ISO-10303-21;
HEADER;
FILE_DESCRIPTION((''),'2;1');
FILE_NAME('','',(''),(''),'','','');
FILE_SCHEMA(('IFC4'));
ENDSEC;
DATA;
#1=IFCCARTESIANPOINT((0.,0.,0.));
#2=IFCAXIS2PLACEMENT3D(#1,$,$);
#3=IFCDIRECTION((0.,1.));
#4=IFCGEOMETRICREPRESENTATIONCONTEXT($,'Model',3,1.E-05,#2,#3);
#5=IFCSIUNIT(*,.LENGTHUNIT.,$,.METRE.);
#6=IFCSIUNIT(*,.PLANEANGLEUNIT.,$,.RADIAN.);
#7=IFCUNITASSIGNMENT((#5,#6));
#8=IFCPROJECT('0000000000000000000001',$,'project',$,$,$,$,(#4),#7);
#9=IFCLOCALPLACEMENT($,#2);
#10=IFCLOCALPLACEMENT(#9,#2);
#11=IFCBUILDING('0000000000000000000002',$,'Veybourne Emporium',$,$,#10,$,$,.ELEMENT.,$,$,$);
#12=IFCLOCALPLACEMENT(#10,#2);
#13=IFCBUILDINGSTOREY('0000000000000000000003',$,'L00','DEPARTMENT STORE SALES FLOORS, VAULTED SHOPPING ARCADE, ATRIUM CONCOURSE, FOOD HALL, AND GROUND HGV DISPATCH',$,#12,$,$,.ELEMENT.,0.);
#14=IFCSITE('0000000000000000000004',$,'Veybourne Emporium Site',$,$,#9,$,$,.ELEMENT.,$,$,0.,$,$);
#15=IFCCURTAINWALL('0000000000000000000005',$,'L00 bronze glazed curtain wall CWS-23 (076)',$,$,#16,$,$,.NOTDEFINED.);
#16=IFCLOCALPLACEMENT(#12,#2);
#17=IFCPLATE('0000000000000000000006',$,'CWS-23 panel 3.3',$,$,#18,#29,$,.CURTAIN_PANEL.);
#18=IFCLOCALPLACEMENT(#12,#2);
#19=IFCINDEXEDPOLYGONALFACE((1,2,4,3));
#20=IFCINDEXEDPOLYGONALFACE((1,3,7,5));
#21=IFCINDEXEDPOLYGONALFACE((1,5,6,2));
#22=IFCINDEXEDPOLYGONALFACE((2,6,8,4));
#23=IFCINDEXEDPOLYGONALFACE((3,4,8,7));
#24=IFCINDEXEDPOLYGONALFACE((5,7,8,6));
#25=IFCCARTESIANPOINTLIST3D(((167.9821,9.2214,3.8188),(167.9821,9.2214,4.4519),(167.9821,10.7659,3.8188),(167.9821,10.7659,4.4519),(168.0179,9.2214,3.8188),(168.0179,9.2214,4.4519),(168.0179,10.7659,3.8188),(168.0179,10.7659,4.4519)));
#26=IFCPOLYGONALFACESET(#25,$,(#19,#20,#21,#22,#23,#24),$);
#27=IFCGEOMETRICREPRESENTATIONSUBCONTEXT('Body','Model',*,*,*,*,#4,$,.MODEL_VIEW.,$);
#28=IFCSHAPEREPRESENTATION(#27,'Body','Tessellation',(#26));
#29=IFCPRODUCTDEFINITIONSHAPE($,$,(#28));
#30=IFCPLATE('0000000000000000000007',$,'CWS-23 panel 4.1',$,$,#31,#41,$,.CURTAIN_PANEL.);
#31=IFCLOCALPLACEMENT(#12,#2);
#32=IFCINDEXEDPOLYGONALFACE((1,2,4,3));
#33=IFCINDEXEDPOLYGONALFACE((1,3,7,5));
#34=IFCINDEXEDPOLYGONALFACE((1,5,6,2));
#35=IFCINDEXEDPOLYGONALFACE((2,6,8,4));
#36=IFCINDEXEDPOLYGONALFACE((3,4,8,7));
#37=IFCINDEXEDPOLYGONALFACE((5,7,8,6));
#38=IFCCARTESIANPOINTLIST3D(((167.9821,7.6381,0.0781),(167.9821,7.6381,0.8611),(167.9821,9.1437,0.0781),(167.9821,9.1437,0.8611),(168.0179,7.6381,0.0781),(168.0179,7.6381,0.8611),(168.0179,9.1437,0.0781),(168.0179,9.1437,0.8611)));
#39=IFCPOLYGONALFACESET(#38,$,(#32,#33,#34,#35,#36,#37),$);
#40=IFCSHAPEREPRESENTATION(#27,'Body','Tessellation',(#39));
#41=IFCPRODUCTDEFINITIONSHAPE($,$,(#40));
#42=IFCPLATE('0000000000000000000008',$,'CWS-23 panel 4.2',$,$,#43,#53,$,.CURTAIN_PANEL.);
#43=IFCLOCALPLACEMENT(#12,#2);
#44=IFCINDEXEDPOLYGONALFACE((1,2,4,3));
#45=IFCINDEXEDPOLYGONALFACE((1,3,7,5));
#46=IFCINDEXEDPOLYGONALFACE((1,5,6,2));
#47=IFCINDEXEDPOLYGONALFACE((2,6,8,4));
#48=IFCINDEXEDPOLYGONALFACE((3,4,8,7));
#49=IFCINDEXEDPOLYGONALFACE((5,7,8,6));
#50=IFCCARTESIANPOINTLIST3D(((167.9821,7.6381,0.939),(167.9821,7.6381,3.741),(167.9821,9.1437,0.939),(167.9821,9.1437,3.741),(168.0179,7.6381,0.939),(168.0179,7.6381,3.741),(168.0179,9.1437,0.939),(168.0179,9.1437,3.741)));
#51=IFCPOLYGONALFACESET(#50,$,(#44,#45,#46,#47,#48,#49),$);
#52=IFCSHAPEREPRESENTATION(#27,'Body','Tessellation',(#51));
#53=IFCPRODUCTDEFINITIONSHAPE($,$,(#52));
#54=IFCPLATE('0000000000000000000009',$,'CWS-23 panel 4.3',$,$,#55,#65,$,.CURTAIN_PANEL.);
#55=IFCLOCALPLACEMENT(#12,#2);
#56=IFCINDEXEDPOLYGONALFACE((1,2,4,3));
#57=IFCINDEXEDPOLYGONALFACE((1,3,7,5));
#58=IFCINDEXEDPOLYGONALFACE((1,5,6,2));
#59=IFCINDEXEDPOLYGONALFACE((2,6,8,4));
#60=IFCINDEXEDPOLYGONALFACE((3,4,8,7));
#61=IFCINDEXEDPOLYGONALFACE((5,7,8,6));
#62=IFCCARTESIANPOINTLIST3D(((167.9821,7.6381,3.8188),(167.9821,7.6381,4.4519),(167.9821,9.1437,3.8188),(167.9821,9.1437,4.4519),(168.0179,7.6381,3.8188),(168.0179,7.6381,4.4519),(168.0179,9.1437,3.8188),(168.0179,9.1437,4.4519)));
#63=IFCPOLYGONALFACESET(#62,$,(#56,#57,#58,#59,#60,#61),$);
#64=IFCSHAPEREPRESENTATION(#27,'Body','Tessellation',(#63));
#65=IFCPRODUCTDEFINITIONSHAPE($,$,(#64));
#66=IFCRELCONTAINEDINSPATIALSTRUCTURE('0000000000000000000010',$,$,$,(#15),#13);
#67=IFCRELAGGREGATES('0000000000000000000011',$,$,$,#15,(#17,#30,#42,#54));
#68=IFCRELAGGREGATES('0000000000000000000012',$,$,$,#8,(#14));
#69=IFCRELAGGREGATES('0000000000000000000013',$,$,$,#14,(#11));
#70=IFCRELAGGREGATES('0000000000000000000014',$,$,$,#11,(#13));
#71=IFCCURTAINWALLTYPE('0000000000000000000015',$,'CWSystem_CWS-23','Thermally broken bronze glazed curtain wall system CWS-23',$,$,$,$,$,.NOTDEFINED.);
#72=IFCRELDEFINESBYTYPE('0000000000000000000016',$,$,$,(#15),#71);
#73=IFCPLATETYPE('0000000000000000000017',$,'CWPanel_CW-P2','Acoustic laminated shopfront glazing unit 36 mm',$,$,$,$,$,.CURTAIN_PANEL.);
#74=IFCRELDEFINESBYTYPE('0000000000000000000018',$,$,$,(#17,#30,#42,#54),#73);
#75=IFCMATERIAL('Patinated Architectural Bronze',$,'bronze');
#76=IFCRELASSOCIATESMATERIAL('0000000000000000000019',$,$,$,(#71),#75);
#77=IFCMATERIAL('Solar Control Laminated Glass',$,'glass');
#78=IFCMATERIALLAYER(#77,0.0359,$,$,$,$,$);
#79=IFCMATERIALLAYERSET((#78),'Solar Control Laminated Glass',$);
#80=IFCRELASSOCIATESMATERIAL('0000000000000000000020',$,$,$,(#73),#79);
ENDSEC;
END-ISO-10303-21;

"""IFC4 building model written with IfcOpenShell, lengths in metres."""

from ifc_helpers import new_model, si_unit, direction, frame, origin, origin_2d, place, context, subcontext, project, spatial, rectangle, extrude, material, layer, layer_set, type_object, element, aggregate, save


model = new_model("IFC4")

# Units and contexts
model_context = context("Model", 3, precision=1e-05, world=origin(), true_north=direction((0.0, 1.0)))
body_context = subcontext(model_context, "Body", "Model", "MODEL_VIEW")
ifc_project = project(units=[si_unit("LENGTHUNIT", "METRE"), si_unit("PLANEANGLEUNIT", "RADIAN")], contexts=[model_context])

# Site, building, storey
site_placement = place(None, origin())
site = spatial("IfcSite", under=ifc_project, at=site_placement, Name="Veybourne Emporium Site", CompositionType="ELEMENT", RefElevation=0.0)
building_placement = place(site_placement, origin())
building = spatial("IfcBuilding", under=site, at=building_placement, Name="Veybourne Emporium", CompositionType="ELEMENT")
storey_placement = place(building_placement, origin())
storey = spatial("IfcBuildingStorey", under=building, at=storey_placement, Name="L00", Description="DEPARTMENT STORE SALES FLOORS, VAULTED SHOPPING ARCADE, ATRIUM CONCOURSE, FOOD HALL, AND GROUND HGV DISPATCH", CompositionType="ELEMENT", Elevation=0.0)

# Curtain wall
ifc_material_1 = material(Name="Patinated Architectural Bronze", Category="bronze")
curtain_wall_type_1 = type_object("IfcCurtainWallType", Name="CWSystem_CWS-23", Description="Thermally broken bronze glazed curtain wall system CWS-23", PredefinedType="NOTDEFINED", material=ifc_material_1)
curtain_wall_1_placement = place(storey_placement, origin())
curtain_wall_1 = element("IfcCurtainWall", 1, at=curtain_wall_1_placement, inside=storey, type_object=curtain_wall_type_1, Name="L00 bronze glazed curtain wall CWS-23 (076)", PredefinedType="NOTDEFINED")

# Plates
ifc_material_2 = material(Name="Solar Control Laminated Glass", Category="glass")
ifc_layer = layer(ifc_material_2, 0.0359)
ifc_layer_set = layer_set([ifc_layer], Name="Solar Control Laminated Glass")
plate_type = type_object("IfcPlateType", Name="CWPanel_CW-P2", Description="Acoustic laminated shopfront glazing unit 36 mm", PredefinedType="CURTAIN_PANEL", material=ifc_layer_set)
plate_1_placement = place(storey_placement, frame((168.0, 9.9937, 3.8188), z_axis=(0.0, 0.0, 1.0), x_axis=(0.0, -1.0, 0.0)))
plate_1 = element("IfcPlate", 2, at=plate_1_placement, type_object=plate_type, Name="CWS-23 panel 3.3", PredefinedType="CURTAIN_PANEL", context=body_context, shape_type="SweptSolid", body=[
    extrude(rectangle(XDim=1.5444, YDim=0.0359, at=origin_2d()), origin(), (0.0, 0.0, 1.0), 0.6331),
])
plate_2_placement = place(storey_placement, frame((168.0, 8.3909, 0.0781), z_axis=(0.0, 0.0, 1.0), x_axis=(0.0, -1.0, 0.0)))
plate_2 = element("IfcPlate", 3, at=plate_2_placement, type_object=plate_type, Name="CWS-23 panel 4.1", PredefinedType="CURTAIN_PANEL", context=body_context, shape_type="SweptSolid", body=[
    extrude(rectangle(XDim=1.5056, YDim=0.0359, at=origin_2d()), origin(), (0.0, 0.0, 1.0), 0.783),
])
plate_3_placement = place(storey_placement, frame((168.0, 8.3909, 0.939), z_axis=(0.0, 0.0, 1.0), x_axis=(0.0, -1.0, 0.0)))
plate_3 = element("IfcPlate", 4, at=plate_3_placement, type_object=plate_type, Name="CWS-23 panel 4.2", PredefinedType="CURTAIN_PANEL", context=body_context, shape_type="SweptSolid", body=[
    extrude(rectangle(XDim=1.5056, YDim=0.0359, at=origin_2d()), origin(), (0.0, 0.0, 1.0), 2.802),
])
plate_4_placement = place(storey_placement, frame((168.0, 8.3909, 3.8188), z_axis=(0.0, 0.0, 1.0), x_axis=(0.0, -1.0, 0.0)))
plate_4 = element("IfcPlate", 5, at=plate_4_placement, type_object=plate_type, Name="CWS-23 panel 4.3", PredefinedType="CURTAIN_PANEL", context=body_context, shape_type="SweptSolid", body=[
    extrude(rectangle(XDim=1.5056, YDim=0.0359, at=origin_2d()), origin(), (0.0, 0.0, 1.0), 0.6331),
])
aggregate(curtain_wall_1, [plate_1, plate_2, plate_3, plate_4])

save(model, "model.ifc")
